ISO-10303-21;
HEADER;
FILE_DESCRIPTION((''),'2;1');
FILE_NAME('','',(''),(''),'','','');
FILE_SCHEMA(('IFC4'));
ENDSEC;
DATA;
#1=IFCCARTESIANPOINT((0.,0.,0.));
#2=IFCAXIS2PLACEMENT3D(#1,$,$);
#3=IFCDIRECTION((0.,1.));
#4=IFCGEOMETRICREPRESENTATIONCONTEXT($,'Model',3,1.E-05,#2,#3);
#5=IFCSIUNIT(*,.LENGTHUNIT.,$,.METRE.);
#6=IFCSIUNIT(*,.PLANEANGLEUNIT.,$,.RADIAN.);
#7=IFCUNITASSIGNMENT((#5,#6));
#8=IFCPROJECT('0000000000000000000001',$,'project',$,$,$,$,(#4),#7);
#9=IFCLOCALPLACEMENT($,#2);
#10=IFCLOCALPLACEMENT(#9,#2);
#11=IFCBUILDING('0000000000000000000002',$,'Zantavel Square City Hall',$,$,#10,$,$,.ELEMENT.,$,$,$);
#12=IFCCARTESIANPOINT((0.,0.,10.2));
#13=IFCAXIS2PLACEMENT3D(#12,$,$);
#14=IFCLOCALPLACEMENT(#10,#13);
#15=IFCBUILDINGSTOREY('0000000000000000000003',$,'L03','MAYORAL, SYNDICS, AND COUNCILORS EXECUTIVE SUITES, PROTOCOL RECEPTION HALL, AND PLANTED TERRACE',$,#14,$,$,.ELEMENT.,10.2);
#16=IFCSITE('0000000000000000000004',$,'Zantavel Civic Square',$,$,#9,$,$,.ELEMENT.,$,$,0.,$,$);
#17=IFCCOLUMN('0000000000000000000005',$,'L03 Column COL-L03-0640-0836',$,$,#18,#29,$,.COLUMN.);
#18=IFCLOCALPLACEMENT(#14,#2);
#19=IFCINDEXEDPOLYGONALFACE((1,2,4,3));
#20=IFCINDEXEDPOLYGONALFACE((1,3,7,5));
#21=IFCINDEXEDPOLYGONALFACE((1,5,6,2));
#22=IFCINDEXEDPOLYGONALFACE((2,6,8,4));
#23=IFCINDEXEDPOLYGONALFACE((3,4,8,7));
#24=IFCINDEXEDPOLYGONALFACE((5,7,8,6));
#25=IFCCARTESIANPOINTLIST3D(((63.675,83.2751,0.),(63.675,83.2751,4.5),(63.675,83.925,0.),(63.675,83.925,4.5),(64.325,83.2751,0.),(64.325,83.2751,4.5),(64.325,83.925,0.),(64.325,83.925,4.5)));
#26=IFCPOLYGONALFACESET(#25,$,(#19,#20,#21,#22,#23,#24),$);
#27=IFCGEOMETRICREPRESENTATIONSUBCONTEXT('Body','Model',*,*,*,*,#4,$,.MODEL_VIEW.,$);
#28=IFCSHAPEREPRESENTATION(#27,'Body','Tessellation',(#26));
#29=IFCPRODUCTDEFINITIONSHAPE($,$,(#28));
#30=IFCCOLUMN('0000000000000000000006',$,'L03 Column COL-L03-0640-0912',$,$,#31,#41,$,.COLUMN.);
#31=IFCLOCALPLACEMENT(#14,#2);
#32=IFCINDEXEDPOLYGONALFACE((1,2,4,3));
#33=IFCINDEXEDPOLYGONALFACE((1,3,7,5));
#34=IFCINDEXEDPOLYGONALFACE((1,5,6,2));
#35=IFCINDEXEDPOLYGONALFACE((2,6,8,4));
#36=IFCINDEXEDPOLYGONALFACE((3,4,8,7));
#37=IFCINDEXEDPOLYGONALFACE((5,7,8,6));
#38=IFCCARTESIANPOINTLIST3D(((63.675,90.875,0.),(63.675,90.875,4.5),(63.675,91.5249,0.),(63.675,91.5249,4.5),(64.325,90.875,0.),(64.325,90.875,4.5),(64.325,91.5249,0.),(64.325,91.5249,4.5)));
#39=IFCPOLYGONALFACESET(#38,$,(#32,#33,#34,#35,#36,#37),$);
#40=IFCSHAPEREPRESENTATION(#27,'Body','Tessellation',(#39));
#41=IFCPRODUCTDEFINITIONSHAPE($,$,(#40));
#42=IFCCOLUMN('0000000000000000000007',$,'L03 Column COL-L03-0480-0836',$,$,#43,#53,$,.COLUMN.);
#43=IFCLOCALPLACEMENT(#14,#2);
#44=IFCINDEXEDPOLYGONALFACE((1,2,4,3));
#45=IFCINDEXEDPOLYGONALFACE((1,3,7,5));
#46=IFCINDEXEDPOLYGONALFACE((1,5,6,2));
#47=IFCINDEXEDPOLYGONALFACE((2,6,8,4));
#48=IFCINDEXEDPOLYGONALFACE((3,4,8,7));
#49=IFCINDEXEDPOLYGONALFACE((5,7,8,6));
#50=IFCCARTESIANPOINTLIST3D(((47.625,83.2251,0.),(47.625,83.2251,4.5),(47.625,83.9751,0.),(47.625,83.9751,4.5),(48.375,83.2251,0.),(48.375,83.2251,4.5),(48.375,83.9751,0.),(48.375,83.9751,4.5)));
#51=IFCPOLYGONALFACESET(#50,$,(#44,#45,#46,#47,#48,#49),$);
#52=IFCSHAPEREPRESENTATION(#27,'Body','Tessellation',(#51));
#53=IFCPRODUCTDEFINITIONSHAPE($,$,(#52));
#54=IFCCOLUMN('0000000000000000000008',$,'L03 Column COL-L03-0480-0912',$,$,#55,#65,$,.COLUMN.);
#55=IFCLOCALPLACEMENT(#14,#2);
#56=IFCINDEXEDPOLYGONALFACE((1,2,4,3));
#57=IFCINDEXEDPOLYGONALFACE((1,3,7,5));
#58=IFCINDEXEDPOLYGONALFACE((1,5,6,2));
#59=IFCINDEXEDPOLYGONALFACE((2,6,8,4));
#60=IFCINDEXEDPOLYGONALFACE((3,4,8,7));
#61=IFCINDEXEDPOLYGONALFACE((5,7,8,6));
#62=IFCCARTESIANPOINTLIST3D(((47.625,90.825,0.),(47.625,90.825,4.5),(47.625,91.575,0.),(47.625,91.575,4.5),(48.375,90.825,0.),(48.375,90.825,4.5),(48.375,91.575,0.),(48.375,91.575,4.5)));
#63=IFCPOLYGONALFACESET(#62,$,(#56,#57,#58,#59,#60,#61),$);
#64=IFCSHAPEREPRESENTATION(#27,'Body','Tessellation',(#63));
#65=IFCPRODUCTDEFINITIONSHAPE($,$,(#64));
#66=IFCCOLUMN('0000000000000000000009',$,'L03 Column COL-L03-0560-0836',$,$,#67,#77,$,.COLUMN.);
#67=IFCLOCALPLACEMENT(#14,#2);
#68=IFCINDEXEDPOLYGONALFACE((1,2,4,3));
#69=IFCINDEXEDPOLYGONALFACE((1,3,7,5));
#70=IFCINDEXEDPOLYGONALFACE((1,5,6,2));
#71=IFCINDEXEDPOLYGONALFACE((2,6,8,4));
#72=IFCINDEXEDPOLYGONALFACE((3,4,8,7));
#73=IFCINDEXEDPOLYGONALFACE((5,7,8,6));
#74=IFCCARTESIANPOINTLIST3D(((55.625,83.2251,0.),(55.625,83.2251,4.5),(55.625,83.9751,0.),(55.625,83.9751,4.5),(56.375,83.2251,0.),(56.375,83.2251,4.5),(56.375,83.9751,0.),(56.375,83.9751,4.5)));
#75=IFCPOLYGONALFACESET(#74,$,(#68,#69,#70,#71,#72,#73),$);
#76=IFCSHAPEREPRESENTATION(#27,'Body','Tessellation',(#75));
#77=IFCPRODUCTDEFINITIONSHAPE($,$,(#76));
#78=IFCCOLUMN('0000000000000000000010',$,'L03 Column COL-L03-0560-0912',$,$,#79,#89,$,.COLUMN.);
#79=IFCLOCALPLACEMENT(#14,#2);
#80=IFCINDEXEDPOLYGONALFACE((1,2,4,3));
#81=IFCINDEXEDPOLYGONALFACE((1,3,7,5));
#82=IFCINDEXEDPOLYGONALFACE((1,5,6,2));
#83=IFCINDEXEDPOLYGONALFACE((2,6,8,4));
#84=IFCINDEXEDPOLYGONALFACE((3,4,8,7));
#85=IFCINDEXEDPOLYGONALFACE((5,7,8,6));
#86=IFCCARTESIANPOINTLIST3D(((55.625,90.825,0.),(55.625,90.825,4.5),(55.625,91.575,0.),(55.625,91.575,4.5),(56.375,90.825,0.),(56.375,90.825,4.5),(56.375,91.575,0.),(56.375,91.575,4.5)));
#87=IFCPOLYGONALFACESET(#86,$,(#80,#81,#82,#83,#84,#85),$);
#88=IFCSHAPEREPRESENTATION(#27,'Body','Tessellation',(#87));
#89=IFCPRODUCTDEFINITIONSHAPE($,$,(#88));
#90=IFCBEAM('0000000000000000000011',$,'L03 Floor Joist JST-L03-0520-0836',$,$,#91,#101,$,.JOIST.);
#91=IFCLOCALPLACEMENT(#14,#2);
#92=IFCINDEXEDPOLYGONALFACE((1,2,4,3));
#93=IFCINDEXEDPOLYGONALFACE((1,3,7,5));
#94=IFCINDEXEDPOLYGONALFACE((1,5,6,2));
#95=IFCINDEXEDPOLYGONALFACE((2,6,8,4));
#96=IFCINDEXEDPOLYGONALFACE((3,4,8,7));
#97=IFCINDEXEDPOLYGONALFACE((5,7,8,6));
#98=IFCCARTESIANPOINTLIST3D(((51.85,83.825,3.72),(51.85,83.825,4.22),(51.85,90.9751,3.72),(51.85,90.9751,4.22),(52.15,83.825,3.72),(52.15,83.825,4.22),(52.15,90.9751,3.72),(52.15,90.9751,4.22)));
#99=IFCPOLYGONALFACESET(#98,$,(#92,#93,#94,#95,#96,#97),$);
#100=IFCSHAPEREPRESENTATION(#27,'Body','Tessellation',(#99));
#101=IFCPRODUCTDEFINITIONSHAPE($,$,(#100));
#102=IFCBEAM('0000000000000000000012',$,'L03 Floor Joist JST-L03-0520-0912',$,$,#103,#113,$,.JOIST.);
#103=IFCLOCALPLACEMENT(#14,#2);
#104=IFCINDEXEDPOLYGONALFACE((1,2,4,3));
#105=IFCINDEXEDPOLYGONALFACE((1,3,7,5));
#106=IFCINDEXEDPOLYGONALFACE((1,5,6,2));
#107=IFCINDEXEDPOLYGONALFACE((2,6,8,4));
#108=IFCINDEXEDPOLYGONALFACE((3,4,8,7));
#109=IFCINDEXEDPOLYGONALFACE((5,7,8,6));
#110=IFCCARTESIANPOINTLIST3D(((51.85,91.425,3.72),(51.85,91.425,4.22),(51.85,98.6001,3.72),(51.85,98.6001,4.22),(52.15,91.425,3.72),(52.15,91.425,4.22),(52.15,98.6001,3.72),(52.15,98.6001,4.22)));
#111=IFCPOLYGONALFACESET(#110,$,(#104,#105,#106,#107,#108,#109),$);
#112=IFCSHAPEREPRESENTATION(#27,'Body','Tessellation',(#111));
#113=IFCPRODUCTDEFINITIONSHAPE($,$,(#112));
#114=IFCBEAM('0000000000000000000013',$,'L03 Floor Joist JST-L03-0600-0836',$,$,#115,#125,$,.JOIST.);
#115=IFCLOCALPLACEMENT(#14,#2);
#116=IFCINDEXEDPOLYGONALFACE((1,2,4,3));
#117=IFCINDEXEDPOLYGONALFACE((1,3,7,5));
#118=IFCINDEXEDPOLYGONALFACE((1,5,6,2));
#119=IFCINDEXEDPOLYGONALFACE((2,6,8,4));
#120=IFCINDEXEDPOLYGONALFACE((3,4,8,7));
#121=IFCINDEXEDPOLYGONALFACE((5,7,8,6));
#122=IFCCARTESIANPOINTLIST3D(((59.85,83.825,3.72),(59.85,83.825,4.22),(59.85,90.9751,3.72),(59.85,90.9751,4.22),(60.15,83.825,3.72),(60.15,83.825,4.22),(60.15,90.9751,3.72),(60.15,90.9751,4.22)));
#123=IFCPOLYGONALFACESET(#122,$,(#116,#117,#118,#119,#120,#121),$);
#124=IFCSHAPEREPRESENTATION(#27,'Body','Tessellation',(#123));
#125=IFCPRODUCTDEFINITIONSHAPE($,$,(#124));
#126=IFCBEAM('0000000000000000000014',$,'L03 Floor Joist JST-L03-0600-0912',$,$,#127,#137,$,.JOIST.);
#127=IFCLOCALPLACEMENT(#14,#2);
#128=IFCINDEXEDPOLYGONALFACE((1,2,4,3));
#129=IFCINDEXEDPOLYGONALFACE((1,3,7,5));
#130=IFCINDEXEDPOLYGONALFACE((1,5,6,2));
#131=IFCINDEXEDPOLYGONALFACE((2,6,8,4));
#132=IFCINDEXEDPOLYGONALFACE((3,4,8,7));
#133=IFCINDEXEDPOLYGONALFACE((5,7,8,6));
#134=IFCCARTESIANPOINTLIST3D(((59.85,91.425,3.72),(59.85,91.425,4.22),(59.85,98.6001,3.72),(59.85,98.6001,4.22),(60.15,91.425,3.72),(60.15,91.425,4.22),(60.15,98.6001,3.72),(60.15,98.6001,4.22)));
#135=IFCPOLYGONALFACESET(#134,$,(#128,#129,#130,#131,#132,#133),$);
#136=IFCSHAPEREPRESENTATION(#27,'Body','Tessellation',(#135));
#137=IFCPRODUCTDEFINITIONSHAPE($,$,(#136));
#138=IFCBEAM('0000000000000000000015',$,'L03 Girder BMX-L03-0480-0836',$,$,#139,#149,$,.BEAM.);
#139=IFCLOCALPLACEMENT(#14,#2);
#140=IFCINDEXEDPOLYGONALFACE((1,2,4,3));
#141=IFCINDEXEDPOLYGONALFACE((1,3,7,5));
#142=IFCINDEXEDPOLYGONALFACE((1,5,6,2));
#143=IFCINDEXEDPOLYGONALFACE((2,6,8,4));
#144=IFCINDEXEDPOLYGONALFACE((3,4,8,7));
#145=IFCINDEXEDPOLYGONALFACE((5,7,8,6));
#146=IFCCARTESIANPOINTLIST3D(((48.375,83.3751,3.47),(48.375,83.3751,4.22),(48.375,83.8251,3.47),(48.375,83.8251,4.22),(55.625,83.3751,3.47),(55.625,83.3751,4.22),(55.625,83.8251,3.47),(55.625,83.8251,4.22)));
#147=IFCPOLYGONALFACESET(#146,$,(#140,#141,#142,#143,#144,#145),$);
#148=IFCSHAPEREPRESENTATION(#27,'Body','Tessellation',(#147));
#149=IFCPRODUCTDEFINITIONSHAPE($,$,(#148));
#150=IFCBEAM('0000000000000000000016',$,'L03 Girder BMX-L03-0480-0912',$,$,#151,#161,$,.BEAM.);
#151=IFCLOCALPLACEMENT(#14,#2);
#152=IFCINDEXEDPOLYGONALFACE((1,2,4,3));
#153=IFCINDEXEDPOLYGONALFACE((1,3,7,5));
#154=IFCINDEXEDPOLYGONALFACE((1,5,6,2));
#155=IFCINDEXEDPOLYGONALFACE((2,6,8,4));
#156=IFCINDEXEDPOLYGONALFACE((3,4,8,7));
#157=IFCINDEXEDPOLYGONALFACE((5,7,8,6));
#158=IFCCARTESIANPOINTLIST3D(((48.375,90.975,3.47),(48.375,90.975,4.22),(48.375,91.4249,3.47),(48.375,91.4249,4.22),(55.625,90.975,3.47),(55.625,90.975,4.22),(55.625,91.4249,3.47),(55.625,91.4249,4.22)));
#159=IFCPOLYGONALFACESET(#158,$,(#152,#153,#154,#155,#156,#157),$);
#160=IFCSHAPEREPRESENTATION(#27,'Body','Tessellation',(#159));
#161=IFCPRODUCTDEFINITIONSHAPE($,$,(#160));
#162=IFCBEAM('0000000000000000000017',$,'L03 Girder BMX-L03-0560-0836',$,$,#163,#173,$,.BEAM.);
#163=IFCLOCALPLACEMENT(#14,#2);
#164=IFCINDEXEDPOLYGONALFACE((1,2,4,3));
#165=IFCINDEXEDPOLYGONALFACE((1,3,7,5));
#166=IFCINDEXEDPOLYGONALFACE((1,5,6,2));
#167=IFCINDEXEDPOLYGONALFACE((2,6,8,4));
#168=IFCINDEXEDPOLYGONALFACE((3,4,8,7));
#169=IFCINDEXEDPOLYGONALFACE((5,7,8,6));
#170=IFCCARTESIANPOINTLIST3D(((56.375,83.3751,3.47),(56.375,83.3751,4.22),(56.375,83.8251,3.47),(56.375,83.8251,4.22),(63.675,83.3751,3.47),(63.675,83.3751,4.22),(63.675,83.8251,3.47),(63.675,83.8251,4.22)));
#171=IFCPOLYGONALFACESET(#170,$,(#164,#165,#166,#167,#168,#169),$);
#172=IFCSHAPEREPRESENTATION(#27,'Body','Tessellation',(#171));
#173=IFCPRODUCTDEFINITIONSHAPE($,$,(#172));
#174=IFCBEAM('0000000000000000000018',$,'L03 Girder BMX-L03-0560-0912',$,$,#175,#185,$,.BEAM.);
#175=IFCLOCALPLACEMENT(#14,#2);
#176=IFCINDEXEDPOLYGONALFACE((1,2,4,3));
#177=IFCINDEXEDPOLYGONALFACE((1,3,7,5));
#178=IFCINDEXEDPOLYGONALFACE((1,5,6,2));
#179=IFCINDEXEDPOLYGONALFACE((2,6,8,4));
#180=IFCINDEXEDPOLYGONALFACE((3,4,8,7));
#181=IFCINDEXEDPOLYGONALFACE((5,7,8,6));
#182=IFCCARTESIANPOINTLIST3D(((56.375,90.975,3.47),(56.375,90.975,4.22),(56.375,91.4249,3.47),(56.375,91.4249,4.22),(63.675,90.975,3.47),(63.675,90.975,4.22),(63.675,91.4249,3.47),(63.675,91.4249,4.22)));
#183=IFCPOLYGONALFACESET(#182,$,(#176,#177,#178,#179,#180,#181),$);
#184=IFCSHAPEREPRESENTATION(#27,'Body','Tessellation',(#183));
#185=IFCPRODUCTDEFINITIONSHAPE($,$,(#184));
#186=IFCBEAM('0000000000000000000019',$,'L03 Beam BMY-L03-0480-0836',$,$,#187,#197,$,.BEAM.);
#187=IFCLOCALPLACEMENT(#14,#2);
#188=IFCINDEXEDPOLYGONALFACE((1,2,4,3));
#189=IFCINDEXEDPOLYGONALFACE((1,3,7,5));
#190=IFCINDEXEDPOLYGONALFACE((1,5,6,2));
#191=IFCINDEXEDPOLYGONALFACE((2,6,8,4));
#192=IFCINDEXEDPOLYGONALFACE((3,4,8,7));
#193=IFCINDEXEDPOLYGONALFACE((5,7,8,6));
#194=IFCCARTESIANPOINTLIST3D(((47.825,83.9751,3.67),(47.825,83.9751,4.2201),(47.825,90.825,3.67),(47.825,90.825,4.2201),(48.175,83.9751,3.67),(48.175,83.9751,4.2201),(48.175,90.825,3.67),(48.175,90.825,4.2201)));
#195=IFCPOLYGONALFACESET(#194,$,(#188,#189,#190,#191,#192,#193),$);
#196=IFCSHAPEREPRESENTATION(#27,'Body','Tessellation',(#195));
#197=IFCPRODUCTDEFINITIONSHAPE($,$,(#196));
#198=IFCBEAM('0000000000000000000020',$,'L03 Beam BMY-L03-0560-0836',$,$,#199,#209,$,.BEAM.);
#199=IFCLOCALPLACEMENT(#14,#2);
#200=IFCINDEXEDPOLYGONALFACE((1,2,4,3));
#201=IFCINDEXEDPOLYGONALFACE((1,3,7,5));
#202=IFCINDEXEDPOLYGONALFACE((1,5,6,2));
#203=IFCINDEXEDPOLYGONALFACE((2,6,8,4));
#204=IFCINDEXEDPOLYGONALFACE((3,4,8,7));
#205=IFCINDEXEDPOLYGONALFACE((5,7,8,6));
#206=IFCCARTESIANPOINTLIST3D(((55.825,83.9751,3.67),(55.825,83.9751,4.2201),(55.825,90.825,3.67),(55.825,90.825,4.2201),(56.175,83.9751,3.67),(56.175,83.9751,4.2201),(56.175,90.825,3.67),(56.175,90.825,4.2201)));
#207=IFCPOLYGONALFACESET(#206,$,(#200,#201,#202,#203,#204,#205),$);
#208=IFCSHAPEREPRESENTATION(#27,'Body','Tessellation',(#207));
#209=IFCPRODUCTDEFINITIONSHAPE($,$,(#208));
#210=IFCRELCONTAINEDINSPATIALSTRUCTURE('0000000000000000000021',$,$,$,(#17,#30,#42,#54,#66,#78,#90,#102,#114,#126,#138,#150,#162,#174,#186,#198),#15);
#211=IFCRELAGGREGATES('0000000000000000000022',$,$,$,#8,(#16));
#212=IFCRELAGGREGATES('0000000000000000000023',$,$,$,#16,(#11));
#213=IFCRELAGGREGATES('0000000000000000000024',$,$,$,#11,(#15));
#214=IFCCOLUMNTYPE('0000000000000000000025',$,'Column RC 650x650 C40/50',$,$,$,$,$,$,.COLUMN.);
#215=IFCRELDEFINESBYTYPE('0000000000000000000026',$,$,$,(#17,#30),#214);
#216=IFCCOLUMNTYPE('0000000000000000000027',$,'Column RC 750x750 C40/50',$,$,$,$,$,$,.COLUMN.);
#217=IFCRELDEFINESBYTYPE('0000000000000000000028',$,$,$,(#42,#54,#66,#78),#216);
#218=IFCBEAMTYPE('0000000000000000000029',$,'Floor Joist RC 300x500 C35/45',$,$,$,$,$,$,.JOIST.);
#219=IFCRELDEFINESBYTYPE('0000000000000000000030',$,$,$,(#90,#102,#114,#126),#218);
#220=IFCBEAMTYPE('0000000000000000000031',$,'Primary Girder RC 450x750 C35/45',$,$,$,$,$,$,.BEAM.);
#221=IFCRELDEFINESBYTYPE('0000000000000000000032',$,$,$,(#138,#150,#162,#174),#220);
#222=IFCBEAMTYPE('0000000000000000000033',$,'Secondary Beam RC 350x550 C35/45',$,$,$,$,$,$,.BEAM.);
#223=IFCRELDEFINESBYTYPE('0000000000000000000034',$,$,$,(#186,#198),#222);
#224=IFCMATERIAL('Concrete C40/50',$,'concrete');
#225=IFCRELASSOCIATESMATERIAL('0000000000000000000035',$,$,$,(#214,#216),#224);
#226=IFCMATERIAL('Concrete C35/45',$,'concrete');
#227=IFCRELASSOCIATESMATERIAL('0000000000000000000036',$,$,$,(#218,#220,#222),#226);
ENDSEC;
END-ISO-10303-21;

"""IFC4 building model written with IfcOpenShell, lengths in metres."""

from ifc_helpers import new_model, si_unit, direction, frame, origin, origin_2d, place, context, subcontext, project, spatial, rectangle, extrude, material, material_profile, profile_set, type_object, element, save


model = new_model("IFC4")

# Units and contexts
model_context = context("Model", 3, precision=1e-05, world=origin(), true_north=direction((0.0, 1.0)))
body_context = subcontext(model_context, "Body", "Model", "MODEL_VIEW")
ifc_project = project(units=[si_unit("LENGTHUNIT", "METRE"), si_unit("PLANEANGLEUNIT", "RADIAN")], contexts=[model_context])

# Site, building, storey
site_placement = place(None, origin())
site = spatial("IfcSite", under=ifc_project, at=site_placement, Name="Zantavel Civic Square", CompositionType="ELEMENT", RefElevation=0.0)
building_placement = place(site_placement, origin())
building = spatial("IfcBuilding", under=site, at=building_placement, Name="Zantavel Square City Hall", CompositionType="ELEMENT")
storey_placement = place(building_placement, frame((0.0, 0.0, 10.2)))
storey = spatial("IfcBuildingStorey", under=building, at=storey_placement, Name="L03", Description="MAYORAL, SYNDICS, AND COUNCILORS EXECUTIVE SUITES, PROTOCOL RECEPTION HALL, AND PLANTED TERRACE", CompositionType="ELEMENT", Elevation=10.2)

# Columns
ifc_material_1 = material(Name="Concrete C40/50", Category="concrete")
ifc_material_profile_1 = material_profile(ifc_material_1, rectangle(XDim=0.6499, YDim=0.6499, at=origin_2d()), Name="RC 650x650")
ifc_profile_set_1 = profile_set([ifc_material_profile_1], Name="Concrete C40/50")
column_type_1 = type_object("IfcColumnType", Name="Column RC 650x650 C40/50", PredefinedType="COLUMN", material=ifc_profile_set_1)
for number, where, z_axis, x_axis, name in (
    (1, (64.0, 83.6001, 0.0), (0.0, 0.0, 1.0), (1.0, 0.0, 0.0), "L03 Column COL-L03-0640-0836"),
    (2, (64.0, 91.2, 0.0), (0.0, 0.0, 1.0), (1.0, 0.0, 0.0), "L03 Column COL-L03-0640-0912"),
):
    element("IfcColumn", number, at=place(storey_placement, frame(where, z_axis=z_axis, x_axis=x_axis)), inside=storey, type_object=column_type_1, Name=name, PredefinedType="COLUMN", context=body_context, shape_type="SweptSolid", body=[
        extrude(rectangle(XDim=0.6499, YDim=0.6499, at=origin_2d()), origin(), (0.0, 0.0, 1.0), 4.5),
    ])
ifc_material_profile_2 = material_profile(ifc_material_1, rectangle(XDim=0.75, YDim=0.75, at=origin_2d()), Name="RC 750x750")
ifc_profile_set_2 = profile_set([ifc_material_profile_2], Name="Concrete C40/50")
column_type_2 = type_object("IfcColumnType", Name="Column RC 750x750 C40/50", PredefinedType="COLUMN", material=ifc_profile_set_2)
for number, where, z_axis, x_axis, name in (
    (3, (48.0, 83.6001, 0.0), (0.0, 0.0, 1.0), (1.0, 0.0, 0.0), "L03 Column COL-L03-0480-0836"),
    (4, (48.0, 91.2, 0.0), (0.0, 0.0, 1.0), (1.0, 0.0, 0.0), "L03 Column COL-L03-0480-0912"),
    (5, (56.0, 83.6001, 0.0), (0.0, 0.0, 1.0), (1.0, 0.0, 0.0), "L03 Column COL-L03-0560-0836"),
    (6, (56.0, 91.2, 0.0), (0.0, 0.0, 1.0), (1.0, 0.0, 0.0), "L03 Column COL-L03-0560-0912"),
):
    element("IfcColumn", number, at=place(storey_placement, frame(where, z_axis=z_axis, x_axis=x_axis)), inside=storey, type_object=column_type_2, Name=name, PredefinedType="COLUMN", context=body_context, shape_type="SweptSolid", body=[
        extrude(rectangle(XDim=0.75, YDim=0.75, at=origin_2d()), origin(), (0.0, 0.0, 1.0), 4.5),
    ])

# Beams
ifc_material_2 = material(Name="Concrete C35/45", Category="concrete")
ifc_material_profile_3 = material_profile(ifc_material_2, rectangle(XDim=0.3, YDim=0.5, at=origin_2d()), Name="RC 300x500")
ifc_profile_set_3 = profile_set([ifc_material_profile_3], Name="Concrete C35/45")
beam_type_1 = type_object("IfcBeamType", Name="Floor Joist RC 300x500 C35/45", PredefinedType="JOIST", material=ifc_profile_set_3)
beam_1_placement = place(storey_placement, frame((52.0, 83.825, 3.97), z_axis=(0.0, 1.0, 0.0), x_axis=(-1.0, 0.0, 0.0)))
element("IfcBeam", 7, at=beam_1_placement, inside=storey, type_object=beam_type_1, Name="L03 Floor Joist JST-L03-0520-0836", PredefinedType="JOIST", context=body_context, shape_type="SweptSolid", body=[
    extrude(rectangle(XDim=0.3, YDim=0.5, at=origin_2d()), origin(), (0.0, 0.0, 1.0), 7.1501),
])
beam_2_placement = place(storey_placement, frame((52.0, 91.425, 3.97), z_axis=(0.0, 1.0, 0.0), x_axis=(-1.0, 0.0, 0.0)))
element("IfcBeam", 8, at=beam_2_placement, inside=storey, type_object=beam_type_1, Name="L03 Floor Joist JST-L03-0520-0912", PredefinedType="JOIST", context=body_context, shape_type="SweptSolid", body=[
    extrude(rectangle(XDim=0.3, YDim=0.5, at=origin_2d()), origin(), (0.0, 0.0, 1.0), 7.175),
])
beam_3_placement = place(storey_placement, frame((60.0, 83.825, 3.97), z_axis=(0.0, 1.0, 0.0), x_axis=(-1.0, 0.0, 0.0)))
element("IfcBeam", 9, at=beam_3_placement, inside=storey, type_object=beam_type_1, Name="L03 Floor Joist JST-L03-0600-0836", PredefinedType="JOIST", context=body_context, shape_type="SweptSolid", body=[
    extrude(rectangle(XDim=0.3, YDim=0.5, at=origin_2d()), origin(), (0.0, 0.0, 1.0), 7.1501),
])
beam_4_placement = place(storey_placement, frame((60.0, 91.425, 3.97), z_axis=(0.0, 1.0, 0.0), x_axis=(-1.0, 0.0, 0.0)))
element("IfcBeam", 10, at=beam_4_placement, inside=storey, type_object=beam_type_1, Name="L03 Floor Joist JST-L03-0600-0912", PredefinedType="JOIST", context=body_context, shape_type="SweptSolid", body=[
    extrude(rectangle(XDim=0.3, YDim=0.5, at=origin_2d()), origin(), (0.0, 0.0, 1.0), 7.175),
])
ifc_material_profile_4 = material_profile(ifc_material_2, rectangle(XDim=0.45, YDim=0.75, at=origin_2d()), Name="RC 450x750")
ifc_profile_set_4 = profile_set([ifc_material_profile_4], Name="Concrete C35/45")
beam_type_2 = type_object("IfcBeamType", Name="Primary Girder RC 450x750 C35/45", PredefinedType="BEAM", material=ifc_profile_set_4)
for number, where, z_axis, x_axis, name in (
    (11, (48.375, 83.6001, 3.845), (1.0, 0.0, 0.0), (0.0, 1.0, 0.0), "L03 Girder BMX-L03-0480-0836"),
    (12, (48.375, 91.2, 3.845), (1.0, 0.0, 0.0), (0.0, 1.0, 0.0), "L03 Girder BMX-L03-0480-0912"),
):
    element("IfcBeam", number, at=place(storey_placement, frame(where, z_axis=z_axis, x_axis=x_axis)), inside=storey, type_object=beam_type_2, Name=name, PredefinedType="BEAM", context=body_context, shape_type="SweptSolid", body=[
        extrude(rectangle(XDim=0.45, YDim=0.75, at=origin_2d()), origin(), (0.0, 0.0, 1.0), 7.25),
    ])
for number, where, z_axis, x_axis, name in (
    (13, (56.375, 83.6001, 3.845), (1.0, 0.0, 0.0), (0.0, 1.0, 0.0), "L03 Girder BMX-L03-0560-0836"),
    (14, (56.375, 91.2, 3.845), (1.0, 0.0, 0.0), (0.0, 1.0, 0.0), "L03 Girder BMX-L03-0560-0912"),
):
    element("IfcBeam", number, at=place(storey_placement, frame(where, z_axis=z_axis, x_axis=x_axis)), inside=storey, type_object=beam_type_2, Name=name, PredefinedType="BEAM", context=body_context, shape_type="SweptSolid", body=[
        extrude(rectangle(XDim=0.45, YDim=0.75, at=origin_2d()), origin(), (0.0, 0.0, 1.0), 7.3),
    ])
ifc_material_profile_5 = material_profile(ifc_material_2, rectangle(XDim=0.3501, YDim=0.55, at=origin_2d()), Name="RC 350x550")
ifc_profile_set_5 = profile_set([ifc_material_profile_5], Name="Concrete C35/45")
beam_type_3 = type_object("IfcBeamType", Name="Secondary Beam RC 350x550 C35/45", PredefinedType="BEAM", material=ifc_profile_set_5)
for number, where, z_axis, x_axis, name in (
    (15, (48.0, 83.9751, 3.9451), (0.0, 1.0, 0.0), (-1.0, 0.0, 0.0), "L03 Beam BMY-L03-0480-0836"),
    (16, (56.0, 83.9751, 3.9451), (0.0, 1.0, 0.0), (-1.0, 0.0, 0.0), "L03 Beam BMY-L03-0560-0836"),
):
    element("IfcBeam", number, at=place(storey_placement, frame(where, z_axis=z_axis, x_axis=x_axis)), inside=storey, type_object=beam_type_3, Name=name, PredefinedType="BEAM", context=body_context, shape_type="SweptSolid", body=[
        extrude(rectangle(XDim=0.3501, YDim=0.55, at=origin_2d()), origin(), (0.0, 0.0, 1.0), 6.8499),
    ])

save(model, "model.ifc")
